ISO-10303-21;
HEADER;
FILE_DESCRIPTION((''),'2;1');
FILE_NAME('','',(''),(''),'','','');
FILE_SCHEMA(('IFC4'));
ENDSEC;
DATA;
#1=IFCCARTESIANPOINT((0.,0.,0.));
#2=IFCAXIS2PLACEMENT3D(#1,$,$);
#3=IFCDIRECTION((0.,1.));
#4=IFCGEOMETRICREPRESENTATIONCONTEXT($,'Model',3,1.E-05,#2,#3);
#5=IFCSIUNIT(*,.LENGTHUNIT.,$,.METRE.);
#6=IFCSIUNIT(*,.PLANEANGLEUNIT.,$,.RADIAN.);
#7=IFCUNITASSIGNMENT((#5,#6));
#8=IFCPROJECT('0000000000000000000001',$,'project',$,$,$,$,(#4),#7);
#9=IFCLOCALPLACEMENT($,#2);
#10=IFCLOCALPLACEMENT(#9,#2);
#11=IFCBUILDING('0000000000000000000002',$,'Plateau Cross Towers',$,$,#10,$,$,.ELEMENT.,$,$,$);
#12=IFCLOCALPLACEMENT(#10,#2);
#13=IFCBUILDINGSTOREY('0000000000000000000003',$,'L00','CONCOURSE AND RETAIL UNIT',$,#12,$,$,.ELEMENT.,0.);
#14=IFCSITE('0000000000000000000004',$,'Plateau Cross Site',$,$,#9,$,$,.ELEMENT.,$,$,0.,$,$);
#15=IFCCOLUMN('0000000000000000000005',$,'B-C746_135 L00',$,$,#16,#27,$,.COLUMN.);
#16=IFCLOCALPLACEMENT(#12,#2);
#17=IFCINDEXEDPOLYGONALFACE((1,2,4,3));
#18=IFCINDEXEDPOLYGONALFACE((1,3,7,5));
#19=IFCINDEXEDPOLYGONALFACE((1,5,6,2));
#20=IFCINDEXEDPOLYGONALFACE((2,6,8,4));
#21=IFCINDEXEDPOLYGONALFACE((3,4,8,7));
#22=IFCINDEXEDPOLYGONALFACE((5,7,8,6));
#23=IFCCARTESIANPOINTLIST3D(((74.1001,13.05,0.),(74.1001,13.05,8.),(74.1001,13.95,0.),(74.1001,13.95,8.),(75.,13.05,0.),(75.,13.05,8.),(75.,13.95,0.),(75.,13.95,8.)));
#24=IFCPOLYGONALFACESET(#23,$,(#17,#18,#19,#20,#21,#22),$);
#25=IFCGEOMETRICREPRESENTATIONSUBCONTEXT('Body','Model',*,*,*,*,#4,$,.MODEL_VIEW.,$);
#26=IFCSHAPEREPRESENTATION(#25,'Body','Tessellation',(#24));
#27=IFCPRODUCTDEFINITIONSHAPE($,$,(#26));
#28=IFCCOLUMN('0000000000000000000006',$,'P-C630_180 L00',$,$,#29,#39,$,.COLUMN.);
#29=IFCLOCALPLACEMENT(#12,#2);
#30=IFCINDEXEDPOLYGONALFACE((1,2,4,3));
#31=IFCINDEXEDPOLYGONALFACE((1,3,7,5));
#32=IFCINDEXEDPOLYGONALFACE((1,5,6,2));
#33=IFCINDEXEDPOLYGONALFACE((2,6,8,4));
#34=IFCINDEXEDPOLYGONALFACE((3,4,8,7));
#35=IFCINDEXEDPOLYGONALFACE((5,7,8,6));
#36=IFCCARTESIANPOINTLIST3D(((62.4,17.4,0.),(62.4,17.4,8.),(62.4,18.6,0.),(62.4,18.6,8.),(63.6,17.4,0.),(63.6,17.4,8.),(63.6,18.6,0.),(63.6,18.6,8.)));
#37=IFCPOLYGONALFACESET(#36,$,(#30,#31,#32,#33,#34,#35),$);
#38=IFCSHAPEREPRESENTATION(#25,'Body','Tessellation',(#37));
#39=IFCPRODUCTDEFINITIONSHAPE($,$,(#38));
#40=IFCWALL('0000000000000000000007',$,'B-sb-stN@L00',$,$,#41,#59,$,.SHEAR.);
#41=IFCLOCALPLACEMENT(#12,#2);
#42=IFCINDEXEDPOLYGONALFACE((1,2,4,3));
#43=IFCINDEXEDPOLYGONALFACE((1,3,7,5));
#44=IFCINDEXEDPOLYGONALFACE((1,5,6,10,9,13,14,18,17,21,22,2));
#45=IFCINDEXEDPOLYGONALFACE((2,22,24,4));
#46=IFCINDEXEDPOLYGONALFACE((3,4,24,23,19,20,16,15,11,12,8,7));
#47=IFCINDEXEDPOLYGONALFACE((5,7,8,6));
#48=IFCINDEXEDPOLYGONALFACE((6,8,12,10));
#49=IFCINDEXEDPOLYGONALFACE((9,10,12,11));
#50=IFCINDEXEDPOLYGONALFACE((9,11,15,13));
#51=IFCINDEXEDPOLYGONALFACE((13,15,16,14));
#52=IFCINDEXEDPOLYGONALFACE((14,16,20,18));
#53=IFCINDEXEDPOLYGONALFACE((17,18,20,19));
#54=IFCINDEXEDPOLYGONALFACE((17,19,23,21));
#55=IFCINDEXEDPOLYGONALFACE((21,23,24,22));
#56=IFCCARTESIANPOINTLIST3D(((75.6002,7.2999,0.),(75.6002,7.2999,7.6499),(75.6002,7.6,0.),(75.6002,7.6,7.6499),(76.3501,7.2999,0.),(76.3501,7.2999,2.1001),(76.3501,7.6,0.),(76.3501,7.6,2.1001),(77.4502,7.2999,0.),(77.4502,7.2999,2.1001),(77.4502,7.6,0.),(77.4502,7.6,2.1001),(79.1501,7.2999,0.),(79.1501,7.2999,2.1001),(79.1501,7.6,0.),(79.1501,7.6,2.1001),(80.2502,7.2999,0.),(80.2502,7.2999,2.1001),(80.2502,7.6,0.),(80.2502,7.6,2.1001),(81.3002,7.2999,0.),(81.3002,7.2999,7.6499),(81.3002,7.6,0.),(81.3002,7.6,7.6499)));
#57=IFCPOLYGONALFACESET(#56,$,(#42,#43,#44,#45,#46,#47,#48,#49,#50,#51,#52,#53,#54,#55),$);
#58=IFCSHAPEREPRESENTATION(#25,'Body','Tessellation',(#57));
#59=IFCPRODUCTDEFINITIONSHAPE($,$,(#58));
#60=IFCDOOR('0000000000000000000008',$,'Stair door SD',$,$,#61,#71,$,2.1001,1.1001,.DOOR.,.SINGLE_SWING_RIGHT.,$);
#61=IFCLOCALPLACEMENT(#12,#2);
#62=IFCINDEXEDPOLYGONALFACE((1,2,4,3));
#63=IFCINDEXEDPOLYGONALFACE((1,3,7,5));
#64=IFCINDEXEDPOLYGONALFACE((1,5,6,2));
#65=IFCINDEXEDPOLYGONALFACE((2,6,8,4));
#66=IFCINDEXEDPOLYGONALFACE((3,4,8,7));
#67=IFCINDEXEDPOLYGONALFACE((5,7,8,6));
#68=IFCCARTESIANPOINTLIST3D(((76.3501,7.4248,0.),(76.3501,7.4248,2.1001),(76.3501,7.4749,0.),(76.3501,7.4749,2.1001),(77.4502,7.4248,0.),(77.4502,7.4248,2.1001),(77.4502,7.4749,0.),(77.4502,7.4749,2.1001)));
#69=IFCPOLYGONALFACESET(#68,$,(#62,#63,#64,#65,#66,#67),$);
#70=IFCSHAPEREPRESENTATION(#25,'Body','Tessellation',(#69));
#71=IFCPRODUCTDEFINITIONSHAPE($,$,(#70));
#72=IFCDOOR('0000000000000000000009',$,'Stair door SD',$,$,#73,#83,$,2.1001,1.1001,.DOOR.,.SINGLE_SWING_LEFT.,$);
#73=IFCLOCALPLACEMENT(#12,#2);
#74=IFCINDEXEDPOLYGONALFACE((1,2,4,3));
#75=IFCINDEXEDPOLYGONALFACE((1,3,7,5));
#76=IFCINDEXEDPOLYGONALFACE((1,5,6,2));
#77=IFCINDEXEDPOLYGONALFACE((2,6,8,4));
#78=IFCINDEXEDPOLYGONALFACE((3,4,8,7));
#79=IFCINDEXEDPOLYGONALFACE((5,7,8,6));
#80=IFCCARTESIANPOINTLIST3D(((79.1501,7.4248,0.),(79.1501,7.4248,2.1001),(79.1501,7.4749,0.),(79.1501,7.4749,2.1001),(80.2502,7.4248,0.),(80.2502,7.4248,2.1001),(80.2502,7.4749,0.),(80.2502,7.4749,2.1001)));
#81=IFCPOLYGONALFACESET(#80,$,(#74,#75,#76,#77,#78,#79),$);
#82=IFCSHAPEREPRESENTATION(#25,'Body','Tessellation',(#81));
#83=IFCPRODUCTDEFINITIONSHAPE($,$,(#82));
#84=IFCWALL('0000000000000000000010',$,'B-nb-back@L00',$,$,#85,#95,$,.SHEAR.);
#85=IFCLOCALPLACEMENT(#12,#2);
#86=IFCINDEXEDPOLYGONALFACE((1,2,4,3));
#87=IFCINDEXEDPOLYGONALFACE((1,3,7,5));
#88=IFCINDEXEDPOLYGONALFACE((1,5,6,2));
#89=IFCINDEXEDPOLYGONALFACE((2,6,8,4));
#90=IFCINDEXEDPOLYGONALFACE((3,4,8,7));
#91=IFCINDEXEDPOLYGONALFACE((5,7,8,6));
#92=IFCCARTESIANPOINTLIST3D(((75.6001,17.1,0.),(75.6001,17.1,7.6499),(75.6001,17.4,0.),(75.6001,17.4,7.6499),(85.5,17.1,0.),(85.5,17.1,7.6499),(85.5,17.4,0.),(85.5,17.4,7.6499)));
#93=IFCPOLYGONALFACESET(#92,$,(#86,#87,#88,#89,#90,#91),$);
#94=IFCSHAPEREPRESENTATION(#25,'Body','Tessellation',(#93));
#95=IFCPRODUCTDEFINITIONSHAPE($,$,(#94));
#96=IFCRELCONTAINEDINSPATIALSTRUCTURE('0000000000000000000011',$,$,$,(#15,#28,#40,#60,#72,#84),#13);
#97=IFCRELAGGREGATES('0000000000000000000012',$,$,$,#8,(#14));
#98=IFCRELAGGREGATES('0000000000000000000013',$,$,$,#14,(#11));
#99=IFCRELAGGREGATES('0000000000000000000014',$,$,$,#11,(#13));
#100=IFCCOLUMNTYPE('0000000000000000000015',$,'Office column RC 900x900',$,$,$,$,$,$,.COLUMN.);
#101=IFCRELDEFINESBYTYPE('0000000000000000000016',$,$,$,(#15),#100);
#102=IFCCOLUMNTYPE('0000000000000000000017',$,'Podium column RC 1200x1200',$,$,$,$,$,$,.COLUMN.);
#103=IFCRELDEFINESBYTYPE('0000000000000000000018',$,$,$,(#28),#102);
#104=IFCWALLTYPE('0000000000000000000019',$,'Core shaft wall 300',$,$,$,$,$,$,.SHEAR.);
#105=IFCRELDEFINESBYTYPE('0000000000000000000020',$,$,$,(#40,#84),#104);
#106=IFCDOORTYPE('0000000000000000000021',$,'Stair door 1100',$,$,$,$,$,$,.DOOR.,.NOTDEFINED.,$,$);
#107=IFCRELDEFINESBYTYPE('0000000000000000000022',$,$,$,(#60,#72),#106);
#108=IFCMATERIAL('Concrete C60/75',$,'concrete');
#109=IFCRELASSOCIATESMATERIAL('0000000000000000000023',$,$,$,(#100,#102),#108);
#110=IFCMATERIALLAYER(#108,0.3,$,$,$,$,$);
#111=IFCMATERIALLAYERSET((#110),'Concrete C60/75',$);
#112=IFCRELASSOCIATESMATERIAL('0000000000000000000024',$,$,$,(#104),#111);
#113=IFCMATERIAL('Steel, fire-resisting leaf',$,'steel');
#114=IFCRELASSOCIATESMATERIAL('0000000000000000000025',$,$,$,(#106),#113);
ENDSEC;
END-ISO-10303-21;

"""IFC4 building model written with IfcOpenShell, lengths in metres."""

from ifc_helpers import new_model, si_unit, direction, frame, frame_2d, origin, origin_2d, place, context, subcontext, project, spatial, rectangle, extrude, material, layer, layer_set, material_profile, profile_set, type_object, element, fill, save


model = new_model("IFC4")

# Units and contexts
model_context = context("Model", 3, precision=1e-05, world=origin(), true_north=direction((0.0, 1.0)))
body_context = subcontext(model_context, "Body", "Model", "MODEL_VIEW")
ifc_project = project(units=[si_unit("LENGTHUNIT", "METRE"), si_unit("PLANEANGLEUNIT", "RADIAN")], contexts=[model_context])

# Site, building, storey
site_placement = place(None, origin())
site = spatial("IfcSite", under=ifc_project, at=site_placement, Name="Plateau Cross Site", CompositionType="ELEMENT", RefElevation=0.0)
building_placement = place(site_placement, origin())
building = spatial("IfcBuilding", under=site, at=building_placement, Name="Plateau Cross Towers", CompositionType="ELEMENT")
storey_placement = place(building_placement, origin())
storey = spatial("IfcBuildingStorey", under=building, at=storey_placement, Name="L00", Description="CONCOURSE AND RETAIL UNIT", CompositionType="ELEMENT", Elevation=0.0)

# Columns
ifc_material_1 = material(Name="Concrete C60/75", Category="concrete")
ifc_material_profile_1 = material_profile(ifc_material_1, rectangle(XDim=0.8999, YDim=0.8999, at=origin_2d()), Name="RC 900x900")
ifc_profile_set_1 = profile_set([ifc_material_profile_1], Name="Concrete C60/75")
column_type_1 = type_object("IfcColumnType", Name="Office column RC 900x900", PredefinedType="COLUMN", material=ifc_profile_set_1)
column_1_placement = place(storey_placement, frame((74.55, 13.5, 0.0), z_axis=(0.0, 0.0, 1.0), x_axis=(1.0, 0.0, 0.0)))
element("IfcColumn", 1, at=column_1_placement, inside=storey, type_object=column_type_1, Name="B-C746_135 L00", PredefinedType="COLUMN", context=body_context, shape_type="SweptSolid", body=[
    extrude(rectangle(XDim=0.8999, YDim=0.8999, at=origin_2d()), origin(), (0.0, 0.0, 1.0), 8.0),
])
ifc_material_profile_2 = material_profile(ifc_material_1, rectangle(XDim=1.2, YDim=1.2, at=origin_2d()), Name="RC 1200x1200")
ifc_profile_set_2 = profile_set([ifc_material_profile_2], Name="Concrete C60/75")
column_type_2 = type_object("IfcColumnType", Name="Podium column RC 1200x1200", PredefinedType="COLUMN", material=ifc_profile_set_2)
column_2_placement = place(storey_placement, frame((63.0, 18.0, 0.0), z_axis=(0.0, 0.0, 1.0), x_axis=(1.0, 0.0, 0.0)))
element("IfcColumn", 2, at=column_2_placement, inside=storey, type_object=column_type_2, Name="P-C630_180 L00", PredefinedType="COLUMN", context=body_context, shape_type="SweptSolid", body=[
    extrude(rectangle(XDim=1.2, YDim=1.2, at=origin_2d()), origin(), (0.0, 0.0, 1.0), 8.0),
])

# Wall, openings, doors
ifc_layer_1 = layer(ifc_material_1, 0.3)
ifc_layer_set_1 = layer_set([ifc_layer_1], Name="Concrete C60/75")
wall_type_1 = type_object("IfcWallType", Name="Core shaft wall 300", PredefinedType="SHEAR", material=ifc_layer_set_1)
wall_1_placement = place(storey_placement, frame((75.6001, 7.45, 0.0), z_axis=(0.0, 0.0, 1.0), x_axis=(1.0, 0.0, 0.0)))
wall_1 = element("IfcWall", 3, at=wall_1_placement, inside=storey, type_object=wall_type_1, Name="B-sb-stN@L00", PredefinedType="SHEAR", context=body_context, shape_type="SweptSolid", body=[
    extrude(rectangle(XDim=5.7, YDim=0.3, at=frame_2d((2.8501, 0.0))), origin(), (0.0, 0.0, 1.0), 7.6499),
])
opening_1_placement = place(wall_1_placement, frame((0.75, 0.0, 0.0)))
opening_1 = element("IfcOpeningElement", 4, at=opening_1_placement, cuts=wall_1, PredefinedType="OPENING", context=body_context, shape_type="SweptSolid", body=[
    extrude(rectangle(XDim=1.1001, YDim=2.1001, at=frame_2d((0.55, 1.05))), frame((0.0, 0.1599, 0.0), z_axis=(0.0, -1.0, 0.0), x_axis=(1.0, 0.0, 0.0)), (0.0, 0.0, 1.0), 0.3201),
])
opening_2_placement = place(wall_1_placement, frame((3.55, 0.0, 0.0)))
opening_2 = element("IfcOpeningElement", 5, at=opening_2_placement, cuts=wall_1, PredefinedType="OPENING", context=body_context, shape_type="SweptSolid", body=[
    extrude(rectangle(XDim=1.1001, YDim=2.1001, at=frame_2d((0.55, 1.05))), frame((0.0, 0.1599, 0.0), z_axis=(0.0, -1.0, 0.0), x_axis=(1.0, 0.0, 0.0)), (0.0, 0.0, 1.0), 0.3201),
])
ifc_material_2 = material(Name="Steel, fire-resisting leaf", Category="steel")
door_type_1 = type_object("IfcDoorType", Name="Stair door 1100", OperationType="NOTDEFINED", PredefinedType="DOOR", material=ifc_material_2)
door_1_placement = place(opening_1_placement, origin())
door_1 = element("IfcDoor", 6, at=door_1_placement, inside=storey, type_object=door_type_1, Name="Stair door SD", OperationType="SINGLE_SWING_RIGHT", OverallHeight=2.1001, OverallWidth=1.1001, PredefinedType="DOOR", context=body_context, shape_type="SweptSolid", body=[
    extrude(rectangle(XDim=1.1001, YDim=2.1001, at=frame_2d((0.55, 1.05))), frame((0.0, 0.0249, 0.0), z_axis=(0.0, -1.0, 0.0), x_axis=(1.0, 0.0, 0.0)), (0.0, 0.0, 1.0), 0.05),
])
fill(opening_1, door_1)
door_2_placement = place(opening_2_placement, origin())
door_2 = element("IfcDoor", 7, at=door_2_placement, inside=storey, type_object=door_type_1, Name="Stair door SD", OperationType="SINGLE_SWING_LEFT", OverallHeight=2.1001, OverallWidth=1.1001, PredefinedType="DOOR", context=body_context, shape_type="SweptSolid", body=[
    extrude(rectangle(XDim=1.1001, YDim=2.1001, at=frame_2d((0.55, 1.05))), frame((0.0, 0.0249, 0.0), z_axis=(0.0, -1.0, 0.0), x_axis=(1.0, 0.0, 0.0)), (0.0, 0.0, 1.0), 0.05),
])
fill(opening_2, door_2)

# Wall
wall_2_placement = place(storey_placement, frame((75.6001, 17.25, 0.0), z_axis=(0.0, 0.0, 1.0), x_axis=(1.0, 0.0, 0.0)))
element("IfcWall", 8, at=wall_2_placement, inside=storey, type_object=wall_type_1, Name="B-nb-back@L00", PredefinedType="SHEAR", context=body_context, shape_type="SweptSolid", body=[
    extrude(rectangle(XDim=9.8999, YDim=0.3, at=frame_2d((4.95, 0.0))), origin(), (0.0, 0.0, 1.0), 7.6499),
])

save(model, "model.ifc")
